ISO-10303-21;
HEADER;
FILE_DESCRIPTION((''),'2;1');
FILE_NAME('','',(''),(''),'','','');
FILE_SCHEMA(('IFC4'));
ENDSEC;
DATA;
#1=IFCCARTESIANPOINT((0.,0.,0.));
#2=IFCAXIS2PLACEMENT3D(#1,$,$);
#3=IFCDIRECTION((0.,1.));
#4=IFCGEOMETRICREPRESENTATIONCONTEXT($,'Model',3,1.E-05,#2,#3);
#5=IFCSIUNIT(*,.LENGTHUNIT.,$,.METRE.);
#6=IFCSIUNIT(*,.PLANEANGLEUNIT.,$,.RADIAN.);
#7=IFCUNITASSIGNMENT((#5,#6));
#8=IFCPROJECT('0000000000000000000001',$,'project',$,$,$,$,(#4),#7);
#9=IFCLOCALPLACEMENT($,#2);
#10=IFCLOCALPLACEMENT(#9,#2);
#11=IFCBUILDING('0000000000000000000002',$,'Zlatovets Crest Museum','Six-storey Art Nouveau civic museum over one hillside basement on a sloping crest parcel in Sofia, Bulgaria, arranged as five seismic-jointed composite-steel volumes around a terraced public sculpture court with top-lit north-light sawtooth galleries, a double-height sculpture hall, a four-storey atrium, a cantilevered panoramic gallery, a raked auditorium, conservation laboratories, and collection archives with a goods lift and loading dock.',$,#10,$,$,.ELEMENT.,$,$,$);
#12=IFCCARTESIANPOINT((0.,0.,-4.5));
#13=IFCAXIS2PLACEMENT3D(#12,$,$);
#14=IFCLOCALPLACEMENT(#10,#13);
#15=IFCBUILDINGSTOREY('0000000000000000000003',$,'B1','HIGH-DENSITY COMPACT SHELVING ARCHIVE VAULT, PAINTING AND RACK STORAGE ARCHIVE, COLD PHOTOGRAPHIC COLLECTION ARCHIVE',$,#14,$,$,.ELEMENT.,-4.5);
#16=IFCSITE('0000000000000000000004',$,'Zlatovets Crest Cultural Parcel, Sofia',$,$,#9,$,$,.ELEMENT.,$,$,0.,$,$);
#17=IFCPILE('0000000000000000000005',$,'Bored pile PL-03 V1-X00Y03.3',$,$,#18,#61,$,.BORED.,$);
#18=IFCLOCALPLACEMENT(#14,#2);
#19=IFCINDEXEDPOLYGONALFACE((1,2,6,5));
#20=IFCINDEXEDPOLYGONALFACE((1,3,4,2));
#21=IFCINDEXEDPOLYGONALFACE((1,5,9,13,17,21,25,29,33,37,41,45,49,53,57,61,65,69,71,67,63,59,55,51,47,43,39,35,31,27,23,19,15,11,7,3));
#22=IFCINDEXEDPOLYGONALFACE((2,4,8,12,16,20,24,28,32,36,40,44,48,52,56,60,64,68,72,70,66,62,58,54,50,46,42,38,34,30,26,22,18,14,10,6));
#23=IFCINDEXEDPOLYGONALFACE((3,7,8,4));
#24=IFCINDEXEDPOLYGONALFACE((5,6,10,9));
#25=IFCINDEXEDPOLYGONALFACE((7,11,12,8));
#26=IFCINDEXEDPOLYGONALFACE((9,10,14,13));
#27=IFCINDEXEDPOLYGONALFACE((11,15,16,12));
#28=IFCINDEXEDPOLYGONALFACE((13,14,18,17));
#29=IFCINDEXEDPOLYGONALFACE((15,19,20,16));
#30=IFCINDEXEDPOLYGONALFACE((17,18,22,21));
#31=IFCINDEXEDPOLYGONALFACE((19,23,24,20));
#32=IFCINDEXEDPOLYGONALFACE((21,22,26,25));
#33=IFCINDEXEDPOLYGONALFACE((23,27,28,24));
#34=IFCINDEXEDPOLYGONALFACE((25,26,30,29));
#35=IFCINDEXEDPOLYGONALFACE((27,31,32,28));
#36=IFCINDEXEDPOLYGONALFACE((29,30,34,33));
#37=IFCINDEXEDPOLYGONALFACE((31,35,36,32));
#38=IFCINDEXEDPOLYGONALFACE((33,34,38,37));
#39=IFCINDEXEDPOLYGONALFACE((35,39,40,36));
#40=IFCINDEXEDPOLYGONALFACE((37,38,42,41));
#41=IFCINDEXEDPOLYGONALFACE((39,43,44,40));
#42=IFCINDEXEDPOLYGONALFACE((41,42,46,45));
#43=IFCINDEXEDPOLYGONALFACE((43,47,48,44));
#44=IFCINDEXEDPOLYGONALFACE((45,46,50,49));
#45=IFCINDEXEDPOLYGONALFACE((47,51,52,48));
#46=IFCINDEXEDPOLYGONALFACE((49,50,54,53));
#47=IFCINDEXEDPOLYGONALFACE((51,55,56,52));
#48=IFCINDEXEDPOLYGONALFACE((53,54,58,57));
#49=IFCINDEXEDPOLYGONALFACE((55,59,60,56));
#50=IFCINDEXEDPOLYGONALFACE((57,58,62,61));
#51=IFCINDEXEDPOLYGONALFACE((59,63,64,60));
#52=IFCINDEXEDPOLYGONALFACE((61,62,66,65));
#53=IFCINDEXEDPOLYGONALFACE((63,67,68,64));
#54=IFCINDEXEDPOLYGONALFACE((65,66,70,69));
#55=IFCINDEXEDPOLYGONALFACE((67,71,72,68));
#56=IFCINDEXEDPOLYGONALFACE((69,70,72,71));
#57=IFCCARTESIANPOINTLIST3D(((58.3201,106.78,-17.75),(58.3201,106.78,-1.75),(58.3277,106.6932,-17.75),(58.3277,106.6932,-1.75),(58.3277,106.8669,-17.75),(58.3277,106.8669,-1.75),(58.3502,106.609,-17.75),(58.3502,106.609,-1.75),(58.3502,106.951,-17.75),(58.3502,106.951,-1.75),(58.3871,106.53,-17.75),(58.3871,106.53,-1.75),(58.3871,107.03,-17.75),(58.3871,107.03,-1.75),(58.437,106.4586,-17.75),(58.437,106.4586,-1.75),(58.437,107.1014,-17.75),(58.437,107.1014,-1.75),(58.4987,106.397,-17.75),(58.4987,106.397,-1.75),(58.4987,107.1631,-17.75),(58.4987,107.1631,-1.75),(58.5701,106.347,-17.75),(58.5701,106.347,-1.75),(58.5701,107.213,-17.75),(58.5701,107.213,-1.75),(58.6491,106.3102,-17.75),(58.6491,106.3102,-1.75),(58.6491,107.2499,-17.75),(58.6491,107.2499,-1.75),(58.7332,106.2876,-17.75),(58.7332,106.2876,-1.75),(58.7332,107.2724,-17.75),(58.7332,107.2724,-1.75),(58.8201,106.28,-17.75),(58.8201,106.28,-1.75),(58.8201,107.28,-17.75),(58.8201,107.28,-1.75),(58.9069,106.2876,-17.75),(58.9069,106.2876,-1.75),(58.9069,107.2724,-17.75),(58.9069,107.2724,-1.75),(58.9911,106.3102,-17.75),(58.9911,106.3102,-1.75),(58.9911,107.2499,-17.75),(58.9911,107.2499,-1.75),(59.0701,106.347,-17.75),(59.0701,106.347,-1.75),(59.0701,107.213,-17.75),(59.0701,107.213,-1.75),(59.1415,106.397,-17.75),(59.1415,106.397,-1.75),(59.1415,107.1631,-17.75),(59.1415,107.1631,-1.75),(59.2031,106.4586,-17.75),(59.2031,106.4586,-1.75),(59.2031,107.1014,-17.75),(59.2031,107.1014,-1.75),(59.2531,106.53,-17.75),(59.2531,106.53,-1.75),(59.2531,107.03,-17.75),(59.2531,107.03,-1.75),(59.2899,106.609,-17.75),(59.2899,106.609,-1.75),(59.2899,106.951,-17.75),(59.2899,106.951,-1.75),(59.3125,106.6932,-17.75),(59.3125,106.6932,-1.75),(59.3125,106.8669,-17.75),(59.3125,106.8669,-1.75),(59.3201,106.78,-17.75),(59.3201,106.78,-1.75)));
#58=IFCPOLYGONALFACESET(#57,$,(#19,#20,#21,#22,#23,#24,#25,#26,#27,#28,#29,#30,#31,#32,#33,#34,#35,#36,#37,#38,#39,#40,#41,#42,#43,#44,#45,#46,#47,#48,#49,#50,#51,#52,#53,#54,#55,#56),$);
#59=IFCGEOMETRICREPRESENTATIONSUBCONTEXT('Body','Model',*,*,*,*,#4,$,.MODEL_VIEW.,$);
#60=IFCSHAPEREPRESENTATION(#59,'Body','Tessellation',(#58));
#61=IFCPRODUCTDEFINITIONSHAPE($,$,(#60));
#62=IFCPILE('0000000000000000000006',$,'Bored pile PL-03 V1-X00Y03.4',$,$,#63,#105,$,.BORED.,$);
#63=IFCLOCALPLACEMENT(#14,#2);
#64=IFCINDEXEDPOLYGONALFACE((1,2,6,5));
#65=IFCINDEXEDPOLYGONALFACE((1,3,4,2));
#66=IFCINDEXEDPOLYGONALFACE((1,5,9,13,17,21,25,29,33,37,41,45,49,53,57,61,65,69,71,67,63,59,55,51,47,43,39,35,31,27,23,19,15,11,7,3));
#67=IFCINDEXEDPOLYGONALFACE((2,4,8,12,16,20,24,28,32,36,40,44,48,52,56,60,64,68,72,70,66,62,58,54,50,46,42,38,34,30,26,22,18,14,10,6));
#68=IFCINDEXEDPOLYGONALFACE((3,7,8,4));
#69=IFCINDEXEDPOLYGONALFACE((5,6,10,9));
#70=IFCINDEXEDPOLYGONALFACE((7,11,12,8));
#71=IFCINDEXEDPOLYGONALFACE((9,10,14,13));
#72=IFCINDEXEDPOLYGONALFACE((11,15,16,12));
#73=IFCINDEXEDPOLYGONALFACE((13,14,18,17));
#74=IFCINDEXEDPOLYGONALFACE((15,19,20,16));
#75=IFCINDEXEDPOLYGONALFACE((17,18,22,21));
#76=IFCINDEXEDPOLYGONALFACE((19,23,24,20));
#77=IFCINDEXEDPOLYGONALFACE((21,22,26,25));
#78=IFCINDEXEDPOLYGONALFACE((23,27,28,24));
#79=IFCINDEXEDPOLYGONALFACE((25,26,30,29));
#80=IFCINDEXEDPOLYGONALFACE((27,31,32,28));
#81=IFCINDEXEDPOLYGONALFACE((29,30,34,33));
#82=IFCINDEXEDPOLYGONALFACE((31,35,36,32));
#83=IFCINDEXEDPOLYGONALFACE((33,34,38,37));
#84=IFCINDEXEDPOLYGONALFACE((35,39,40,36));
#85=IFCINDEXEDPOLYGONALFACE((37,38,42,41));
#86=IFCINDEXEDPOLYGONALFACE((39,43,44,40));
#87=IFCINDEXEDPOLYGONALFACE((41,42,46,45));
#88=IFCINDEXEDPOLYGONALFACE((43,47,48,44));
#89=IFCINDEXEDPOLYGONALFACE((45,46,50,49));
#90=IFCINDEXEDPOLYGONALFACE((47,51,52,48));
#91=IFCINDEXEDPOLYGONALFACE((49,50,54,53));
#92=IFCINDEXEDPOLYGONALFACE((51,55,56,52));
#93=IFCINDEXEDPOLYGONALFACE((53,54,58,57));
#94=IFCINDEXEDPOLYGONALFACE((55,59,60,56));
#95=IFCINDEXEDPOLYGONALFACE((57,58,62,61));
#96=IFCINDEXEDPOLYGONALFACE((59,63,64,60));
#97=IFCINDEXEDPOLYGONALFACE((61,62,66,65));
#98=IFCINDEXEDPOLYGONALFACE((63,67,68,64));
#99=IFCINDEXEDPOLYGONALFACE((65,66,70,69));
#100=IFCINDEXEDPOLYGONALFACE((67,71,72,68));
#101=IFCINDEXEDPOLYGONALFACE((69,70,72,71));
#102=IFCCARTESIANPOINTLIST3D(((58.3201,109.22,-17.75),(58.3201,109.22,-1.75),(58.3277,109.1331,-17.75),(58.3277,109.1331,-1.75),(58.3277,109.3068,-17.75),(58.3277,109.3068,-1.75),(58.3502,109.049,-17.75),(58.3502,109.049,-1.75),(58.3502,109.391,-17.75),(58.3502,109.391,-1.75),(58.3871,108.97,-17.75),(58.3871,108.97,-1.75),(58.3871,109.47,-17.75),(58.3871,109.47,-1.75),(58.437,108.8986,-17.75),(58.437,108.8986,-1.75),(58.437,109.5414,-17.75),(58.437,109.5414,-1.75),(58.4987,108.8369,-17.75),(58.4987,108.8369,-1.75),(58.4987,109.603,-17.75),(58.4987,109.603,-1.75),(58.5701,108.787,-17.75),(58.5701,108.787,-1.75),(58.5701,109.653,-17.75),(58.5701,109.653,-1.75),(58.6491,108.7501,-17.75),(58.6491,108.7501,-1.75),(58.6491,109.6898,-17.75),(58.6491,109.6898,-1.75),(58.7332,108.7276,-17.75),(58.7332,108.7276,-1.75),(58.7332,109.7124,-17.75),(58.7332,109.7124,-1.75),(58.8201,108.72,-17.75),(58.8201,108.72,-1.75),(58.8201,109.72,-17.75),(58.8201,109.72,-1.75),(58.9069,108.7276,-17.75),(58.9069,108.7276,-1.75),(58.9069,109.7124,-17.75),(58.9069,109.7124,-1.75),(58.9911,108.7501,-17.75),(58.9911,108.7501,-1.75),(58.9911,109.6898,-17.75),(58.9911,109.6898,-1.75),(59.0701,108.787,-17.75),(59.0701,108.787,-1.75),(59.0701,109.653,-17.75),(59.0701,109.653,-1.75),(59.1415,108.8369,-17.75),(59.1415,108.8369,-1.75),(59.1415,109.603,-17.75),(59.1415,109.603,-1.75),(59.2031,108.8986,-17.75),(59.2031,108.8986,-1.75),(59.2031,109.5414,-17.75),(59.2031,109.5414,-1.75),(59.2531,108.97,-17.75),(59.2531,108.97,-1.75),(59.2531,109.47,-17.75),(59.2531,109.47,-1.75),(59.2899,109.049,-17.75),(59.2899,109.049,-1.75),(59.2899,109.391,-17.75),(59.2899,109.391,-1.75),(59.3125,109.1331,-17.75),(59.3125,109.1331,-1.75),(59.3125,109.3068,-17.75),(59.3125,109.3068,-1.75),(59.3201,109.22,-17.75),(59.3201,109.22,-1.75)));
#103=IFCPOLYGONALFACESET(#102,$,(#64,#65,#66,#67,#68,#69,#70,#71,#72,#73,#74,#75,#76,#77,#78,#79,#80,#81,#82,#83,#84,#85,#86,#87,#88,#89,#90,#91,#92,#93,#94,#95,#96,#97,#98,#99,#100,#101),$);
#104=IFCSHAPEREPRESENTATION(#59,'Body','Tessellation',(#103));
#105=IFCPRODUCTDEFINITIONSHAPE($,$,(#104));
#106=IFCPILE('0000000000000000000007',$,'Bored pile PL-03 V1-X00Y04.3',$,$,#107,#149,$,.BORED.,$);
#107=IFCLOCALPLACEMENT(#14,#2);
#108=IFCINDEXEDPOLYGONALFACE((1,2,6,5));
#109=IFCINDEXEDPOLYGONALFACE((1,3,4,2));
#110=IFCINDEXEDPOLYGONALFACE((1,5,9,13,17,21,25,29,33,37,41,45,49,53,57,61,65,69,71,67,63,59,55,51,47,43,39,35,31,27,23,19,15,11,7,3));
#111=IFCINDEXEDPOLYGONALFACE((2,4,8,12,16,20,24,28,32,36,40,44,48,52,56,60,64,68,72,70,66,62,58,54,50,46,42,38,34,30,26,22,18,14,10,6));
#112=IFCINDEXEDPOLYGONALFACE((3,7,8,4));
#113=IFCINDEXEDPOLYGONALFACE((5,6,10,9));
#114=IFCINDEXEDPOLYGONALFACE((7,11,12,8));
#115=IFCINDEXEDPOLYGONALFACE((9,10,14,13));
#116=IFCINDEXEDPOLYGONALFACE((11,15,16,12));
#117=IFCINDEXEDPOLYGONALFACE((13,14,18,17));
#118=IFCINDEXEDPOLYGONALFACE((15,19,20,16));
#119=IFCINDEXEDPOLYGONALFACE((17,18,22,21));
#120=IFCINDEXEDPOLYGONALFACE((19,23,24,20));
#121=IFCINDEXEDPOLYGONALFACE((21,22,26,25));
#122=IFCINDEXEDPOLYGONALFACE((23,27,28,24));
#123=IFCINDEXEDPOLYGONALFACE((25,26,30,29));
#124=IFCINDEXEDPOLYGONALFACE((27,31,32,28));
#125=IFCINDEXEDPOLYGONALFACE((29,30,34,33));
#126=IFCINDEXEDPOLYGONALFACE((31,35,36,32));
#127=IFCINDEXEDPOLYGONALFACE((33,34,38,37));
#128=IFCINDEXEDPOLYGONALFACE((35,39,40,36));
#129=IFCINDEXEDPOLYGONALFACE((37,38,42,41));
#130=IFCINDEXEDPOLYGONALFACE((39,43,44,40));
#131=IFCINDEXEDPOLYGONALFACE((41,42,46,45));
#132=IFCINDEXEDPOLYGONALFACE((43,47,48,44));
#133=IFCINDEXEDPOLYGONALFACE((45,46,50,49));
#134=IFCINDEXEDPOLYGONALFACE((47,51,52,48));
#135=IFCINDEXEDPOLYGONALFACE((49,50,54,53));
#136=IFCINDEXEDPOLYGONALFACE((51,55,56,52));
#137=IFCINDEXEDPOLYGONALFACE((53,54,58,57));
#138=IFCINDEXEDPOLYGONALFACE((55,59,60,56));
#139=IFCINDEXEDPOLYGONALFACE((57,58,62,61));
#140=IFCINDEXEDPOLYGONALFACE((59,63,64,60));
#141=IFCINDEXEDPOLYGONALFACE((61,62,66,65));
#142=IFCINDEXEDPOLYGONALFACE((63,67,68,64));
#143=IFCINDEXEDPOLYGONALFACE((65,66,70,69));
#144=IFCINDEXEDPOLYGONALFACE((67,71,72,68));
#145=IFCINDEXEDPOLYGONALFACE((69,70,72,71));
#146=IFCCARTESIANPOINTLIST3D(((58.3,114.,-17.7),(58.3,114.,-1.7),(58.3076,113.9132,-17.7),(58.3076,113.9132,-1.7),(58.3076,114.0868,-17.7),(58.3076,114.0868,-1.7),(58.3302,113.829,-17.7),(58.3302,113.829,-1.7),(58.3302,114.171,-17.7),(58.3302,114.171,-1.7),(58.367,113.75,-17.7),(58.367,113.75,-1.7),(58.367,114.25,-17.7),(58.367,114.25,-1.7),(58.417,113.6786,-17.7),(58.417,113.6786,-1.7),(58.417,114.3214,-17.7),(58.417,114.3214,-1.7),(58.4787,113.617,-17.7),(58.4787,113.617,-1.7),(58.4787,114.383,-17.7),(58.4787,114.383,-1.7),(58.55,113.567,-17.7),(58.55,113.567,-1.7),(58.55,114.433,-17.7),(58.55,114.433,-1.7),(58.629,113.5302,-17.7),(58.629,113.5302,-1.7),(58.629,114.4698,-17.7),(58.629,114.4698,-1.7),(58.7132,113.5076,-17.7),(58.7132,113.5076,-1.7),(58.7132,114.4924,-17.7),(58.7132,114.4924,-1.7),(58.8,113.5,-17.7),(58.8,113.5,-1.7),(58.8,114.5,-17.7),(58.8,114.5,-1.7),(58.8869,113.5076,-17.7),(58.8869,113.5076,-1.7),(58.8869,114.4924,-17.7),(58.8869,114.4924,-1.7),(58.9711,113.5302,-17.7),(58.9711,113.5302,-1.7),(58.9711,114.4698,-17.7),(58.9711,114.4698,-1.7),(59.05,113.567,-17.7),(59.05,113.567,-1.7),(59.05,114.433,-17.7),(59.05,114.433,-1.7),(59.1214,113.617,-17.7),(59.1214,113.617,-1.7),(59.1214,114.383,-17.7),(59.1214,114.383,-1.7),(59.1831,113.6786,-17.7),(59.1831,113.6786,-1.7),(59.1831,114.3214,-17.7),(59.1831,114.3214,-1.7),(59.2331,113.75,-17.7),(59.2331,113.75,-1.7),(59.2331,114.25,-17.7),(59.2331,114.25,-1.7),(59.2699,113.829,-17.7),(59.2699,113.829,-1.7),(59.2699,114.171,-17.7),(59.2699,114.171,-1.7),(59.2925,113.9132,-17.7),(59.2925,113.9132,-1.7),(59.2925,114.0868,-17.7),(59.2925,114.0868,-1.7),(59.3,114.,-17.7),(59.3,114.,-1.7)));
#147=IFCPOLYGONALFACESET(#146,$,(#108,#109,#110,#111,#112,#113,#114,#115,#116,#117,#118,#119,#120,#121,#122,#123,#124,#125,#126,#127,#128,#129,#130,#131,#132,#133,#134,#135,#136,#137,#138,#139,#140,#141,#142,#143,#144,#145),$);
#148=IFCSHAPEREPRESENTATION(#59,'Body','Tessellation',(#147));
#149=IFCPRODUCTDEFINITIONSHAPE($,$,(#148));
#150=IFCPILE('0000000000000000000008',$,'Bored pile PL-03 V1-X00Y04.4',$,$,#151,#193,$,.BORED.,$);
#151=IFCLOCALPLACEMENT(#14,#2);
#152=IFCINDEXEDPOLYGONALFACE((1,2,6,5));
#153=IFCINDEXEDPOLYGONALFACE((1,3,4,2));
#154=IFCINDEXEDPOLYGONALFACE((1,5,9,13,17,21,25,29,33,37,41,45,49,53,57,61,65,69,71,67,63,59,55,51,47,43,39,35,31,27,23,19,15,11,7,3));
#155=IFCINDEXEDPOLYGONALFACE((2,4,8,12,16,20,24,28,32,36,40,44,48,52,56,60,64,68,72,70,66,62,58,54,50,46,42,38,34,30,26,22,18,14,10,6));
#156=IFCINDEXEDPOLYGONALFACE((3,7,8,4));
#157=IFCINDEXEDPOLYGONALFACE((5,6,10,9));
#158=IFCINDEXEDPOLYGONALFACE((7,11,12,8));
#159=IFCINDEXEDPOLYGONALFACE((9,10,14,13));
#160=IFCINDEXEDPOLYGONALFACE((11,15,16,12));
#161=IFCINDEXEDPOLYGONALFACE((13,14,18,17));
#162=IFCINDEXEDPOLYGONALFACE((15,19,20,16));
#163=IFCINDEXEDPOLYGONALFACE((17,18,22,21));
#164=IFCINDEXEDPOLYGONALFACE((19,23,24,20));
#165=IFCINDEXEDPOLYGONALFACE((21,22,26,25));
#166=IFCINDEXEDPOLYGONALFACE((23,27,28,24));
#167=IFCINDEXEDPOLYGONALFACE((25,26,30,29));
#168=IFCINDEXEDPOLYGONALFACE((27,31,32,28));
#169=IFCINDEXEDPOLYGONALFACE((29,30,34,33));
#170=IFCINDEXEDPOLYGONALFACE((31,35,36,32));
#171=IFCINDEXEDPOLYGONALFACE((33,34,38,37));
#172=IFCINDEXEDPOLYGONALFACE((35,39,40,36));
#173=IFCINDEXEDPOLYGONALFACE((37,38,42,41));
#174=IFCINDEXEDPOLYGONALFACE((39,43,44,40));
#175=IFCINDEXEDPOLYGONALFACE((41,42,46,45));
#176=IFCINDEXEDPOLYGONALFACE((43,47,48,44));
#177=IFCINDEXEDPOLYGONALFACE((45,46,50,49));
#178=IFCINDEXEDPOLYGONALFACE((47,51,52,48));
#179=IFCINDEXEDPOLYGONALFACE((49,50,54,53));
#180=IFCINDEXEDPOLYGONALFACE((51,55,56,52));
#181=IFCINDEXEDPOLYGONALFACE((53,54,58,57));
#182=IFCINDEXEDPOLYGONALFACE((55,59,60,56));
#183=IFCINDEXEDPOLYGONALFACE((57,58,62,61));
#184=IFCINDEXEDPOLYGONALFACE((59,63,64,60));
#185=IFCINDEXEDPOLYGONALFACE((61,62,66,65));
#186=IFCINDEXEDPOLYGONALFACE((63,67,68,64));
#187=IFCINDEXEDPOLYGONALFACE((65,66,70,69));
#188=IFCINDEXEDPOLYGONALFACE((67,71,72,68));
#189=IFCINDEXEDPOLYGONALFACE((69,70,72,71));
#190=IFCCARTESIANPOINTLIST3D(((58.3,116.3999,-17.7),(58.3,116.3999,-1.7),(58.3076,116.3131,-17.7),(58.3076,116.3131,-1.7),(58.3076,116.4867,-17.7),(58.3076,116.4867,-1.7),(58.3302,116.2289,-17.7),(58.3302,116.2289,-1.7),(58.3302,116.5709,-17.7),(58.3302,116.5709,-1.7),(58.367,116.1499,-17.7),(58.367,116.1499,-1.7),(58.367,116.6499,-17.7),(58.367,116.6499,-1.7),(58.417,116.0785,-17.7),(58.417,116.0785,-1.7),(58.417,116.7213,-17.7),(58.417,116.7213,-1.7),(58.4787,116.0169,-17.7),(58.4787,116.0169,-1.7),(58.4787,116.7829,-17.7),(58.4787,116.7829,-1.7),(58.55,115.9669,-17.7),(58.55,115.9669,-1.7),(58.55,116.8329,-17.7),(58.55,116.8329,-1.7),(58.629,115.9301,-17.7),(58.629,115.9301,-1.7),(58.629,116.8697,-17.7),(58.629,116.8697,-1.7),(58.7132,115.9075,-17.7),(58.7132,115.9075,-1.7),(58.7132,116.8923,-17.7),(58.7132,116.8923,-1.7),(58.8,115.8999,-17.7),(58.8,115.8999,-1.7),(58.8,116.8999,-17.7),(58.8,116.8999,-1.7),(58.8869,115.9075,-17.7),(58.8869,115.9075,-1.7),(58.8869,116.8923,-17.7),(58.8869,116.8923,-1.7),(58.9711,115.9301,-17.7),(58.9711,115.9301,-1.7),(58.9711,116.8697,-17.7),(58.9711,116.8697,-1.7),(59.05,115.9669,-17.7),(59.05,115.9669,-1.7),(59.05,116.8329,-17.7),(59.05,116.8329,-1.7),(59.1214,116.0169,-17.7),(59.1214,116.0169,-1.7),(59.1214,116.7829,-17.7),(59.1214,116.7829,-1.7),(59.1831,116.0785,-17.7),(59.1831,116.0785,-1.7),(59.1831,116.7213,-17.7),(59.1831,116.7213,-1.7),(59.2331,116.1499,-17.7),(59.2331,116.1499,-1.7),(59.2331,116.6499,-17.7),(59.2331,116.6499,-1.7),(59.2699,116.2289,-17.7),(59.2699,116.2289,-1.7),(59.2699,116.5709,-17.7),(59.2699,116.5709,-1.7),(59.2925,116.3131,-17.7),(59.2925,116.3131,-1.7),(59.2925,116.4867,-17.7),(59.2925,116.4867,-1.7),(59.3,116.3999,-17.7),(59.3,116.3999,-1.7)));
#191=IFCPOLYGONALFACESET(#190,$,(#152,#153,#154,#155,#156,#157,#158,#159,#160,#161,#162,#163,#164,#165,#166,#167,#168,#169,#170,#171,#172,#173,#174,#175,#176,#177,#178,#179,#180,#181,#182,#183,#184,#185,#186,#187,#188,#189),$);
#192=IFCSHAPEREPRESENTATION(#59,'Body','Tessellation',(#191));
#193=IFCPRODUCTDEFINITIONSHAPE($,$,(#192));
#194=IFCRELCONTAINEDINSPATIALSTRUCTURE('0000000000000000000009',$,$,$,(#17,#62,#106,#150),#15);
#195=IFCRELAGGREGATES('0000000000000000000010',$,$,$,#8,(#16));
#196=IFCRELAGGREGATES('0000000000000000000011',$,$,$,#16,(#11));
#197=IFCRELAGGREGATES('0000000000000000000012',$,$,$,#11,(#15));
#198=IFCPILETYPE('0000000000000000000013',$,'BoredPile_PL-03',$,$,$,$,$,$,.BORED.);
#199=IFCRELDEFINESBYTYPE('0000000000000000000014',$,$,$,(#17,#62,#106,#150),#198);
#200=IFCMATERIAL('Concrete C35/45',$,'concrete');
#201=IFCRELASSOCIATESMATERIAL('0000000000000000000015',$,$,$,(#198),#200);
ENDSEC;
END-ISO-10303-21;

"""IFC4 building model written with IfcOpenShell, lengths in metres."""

from ifc_helpers import new_model, si_unit, direction, frame, origin, origin_2d, place, context, subcontext, project, spatial, circle, extrude, material, material_profile, profile_set, type_object, element, save


model = new_model("IFC4")

# Units and contexts
model_context = context("Model", 3, precision=1e-05, world=origin(), true_north=direction((0.0, 1.0)))
body_context = subcontext(model_context, "Body", "Model", "MODEL_VIEW")
ifc_project = project(units=[si_unit("LENGTHUNIT", "METRE"), si_unit("PLANEANGLEUNIT", "RADIAN")], contexts=[model_context])

# Site, building, storey
site_placement = place(None, origin())
site = spatial("IfcSite", under=ifc_project, at=site_placement, Name="Zlatovets Crest Cultural Parcel, Sofia", CompositionType="ELEMENT", RefElevation=0.0)
building_placement = place(site_placement, origin())
building = spatial("IfcBuilding", under=site, at=building_placement, Name="Zlatovets Crest Museum", Description="Six-storey Art Nouveau civic museum over one hillside basement on a sloping crest parcel in Sofia, Bulgaria, arranged as five seismic-jointed composite-steel volumes around a terraced public sculpture court with top-lit north-light sawtooth galleries, a double-height sculpture hall, a four-storey atrium, a cantilevered panoramic gallery, a raked auditorium, conservation laboratories, and collection archives with a goods lift and loading dock.", CompositionType="ELEMENT")
storey_placement = place(building_placement, frame((0.0, 0.0, -4.5)))
storey = spatial("IfcBuildingStorey", under=building, at=storey_placement, Name="B1", Description="HIGH-DENSITY COMPACT SHELVING ARCHIVE VAULT, PAINTING AND RACK STORAGE ARCHIVE, COLD PHOTOGRAPHIC COLLECTION ARCHIVE", CompositionType="ELEMENT", Elevation=-4.5)

# Piles
ifc_material_1 = material(Name="Concrete C35/45", Category="concrete")
ifc_material_profile_1 = material_profile(ifc_material_1, circle(Radius=0.5, at=origin_2d()), Name="PILE D1000")
ifc_profile_set_1 = profile_set([ifc_material_profile_1], Name="Concrete C35/45")
pile_type = type_object("IfcPileType", Name="BoredPile_PL-03", PredefinedType="BORED", material=ifc_profile_set_1)
for number, where, z_axis, x_axis, name in (
    (1, (58.8201, 106.78, -1.75), (0.0, 0.0, -1.0), (1.0, 0.0, 0.0), "Bored pile PL-03 V1-X00Y03.3"),
    (2, (58.8201, 109.22, -1.75), (0.0, 0.0, -1.0), (1.0, 0.0, 0.0), "Bored pile PL-03 V1-X00Y03.4"),
    (3, (58.8, 114.0, -1.7), (0.0, 0.0, -1.0), (1.0, 0.0, 0.0), "Bored pile PL-03 V1-X00Y04.3"),
    (4, (58.8, 116.3999, -1.7), (0.0, 0.0, -1.0), (1.0, 0.0, 0.0), "Bored pile PL-03 V1-X00Y04.4"),
):
    element("IfcPile", number, at=place(storey_placement, frame(where, z_axis=z_axis, x_axis=x_axis)), inside=storey, type_object=pile_type, Name=name, PredefinedType="BORED", context=body_context, shape_type="SweptSolid", body=[
        extrude(circle(Radius=0.5, at=origin_2d()), origin(), (0.0, 0.0, 1.0), 16.0),
    ])

save(model, "model.ifc")
